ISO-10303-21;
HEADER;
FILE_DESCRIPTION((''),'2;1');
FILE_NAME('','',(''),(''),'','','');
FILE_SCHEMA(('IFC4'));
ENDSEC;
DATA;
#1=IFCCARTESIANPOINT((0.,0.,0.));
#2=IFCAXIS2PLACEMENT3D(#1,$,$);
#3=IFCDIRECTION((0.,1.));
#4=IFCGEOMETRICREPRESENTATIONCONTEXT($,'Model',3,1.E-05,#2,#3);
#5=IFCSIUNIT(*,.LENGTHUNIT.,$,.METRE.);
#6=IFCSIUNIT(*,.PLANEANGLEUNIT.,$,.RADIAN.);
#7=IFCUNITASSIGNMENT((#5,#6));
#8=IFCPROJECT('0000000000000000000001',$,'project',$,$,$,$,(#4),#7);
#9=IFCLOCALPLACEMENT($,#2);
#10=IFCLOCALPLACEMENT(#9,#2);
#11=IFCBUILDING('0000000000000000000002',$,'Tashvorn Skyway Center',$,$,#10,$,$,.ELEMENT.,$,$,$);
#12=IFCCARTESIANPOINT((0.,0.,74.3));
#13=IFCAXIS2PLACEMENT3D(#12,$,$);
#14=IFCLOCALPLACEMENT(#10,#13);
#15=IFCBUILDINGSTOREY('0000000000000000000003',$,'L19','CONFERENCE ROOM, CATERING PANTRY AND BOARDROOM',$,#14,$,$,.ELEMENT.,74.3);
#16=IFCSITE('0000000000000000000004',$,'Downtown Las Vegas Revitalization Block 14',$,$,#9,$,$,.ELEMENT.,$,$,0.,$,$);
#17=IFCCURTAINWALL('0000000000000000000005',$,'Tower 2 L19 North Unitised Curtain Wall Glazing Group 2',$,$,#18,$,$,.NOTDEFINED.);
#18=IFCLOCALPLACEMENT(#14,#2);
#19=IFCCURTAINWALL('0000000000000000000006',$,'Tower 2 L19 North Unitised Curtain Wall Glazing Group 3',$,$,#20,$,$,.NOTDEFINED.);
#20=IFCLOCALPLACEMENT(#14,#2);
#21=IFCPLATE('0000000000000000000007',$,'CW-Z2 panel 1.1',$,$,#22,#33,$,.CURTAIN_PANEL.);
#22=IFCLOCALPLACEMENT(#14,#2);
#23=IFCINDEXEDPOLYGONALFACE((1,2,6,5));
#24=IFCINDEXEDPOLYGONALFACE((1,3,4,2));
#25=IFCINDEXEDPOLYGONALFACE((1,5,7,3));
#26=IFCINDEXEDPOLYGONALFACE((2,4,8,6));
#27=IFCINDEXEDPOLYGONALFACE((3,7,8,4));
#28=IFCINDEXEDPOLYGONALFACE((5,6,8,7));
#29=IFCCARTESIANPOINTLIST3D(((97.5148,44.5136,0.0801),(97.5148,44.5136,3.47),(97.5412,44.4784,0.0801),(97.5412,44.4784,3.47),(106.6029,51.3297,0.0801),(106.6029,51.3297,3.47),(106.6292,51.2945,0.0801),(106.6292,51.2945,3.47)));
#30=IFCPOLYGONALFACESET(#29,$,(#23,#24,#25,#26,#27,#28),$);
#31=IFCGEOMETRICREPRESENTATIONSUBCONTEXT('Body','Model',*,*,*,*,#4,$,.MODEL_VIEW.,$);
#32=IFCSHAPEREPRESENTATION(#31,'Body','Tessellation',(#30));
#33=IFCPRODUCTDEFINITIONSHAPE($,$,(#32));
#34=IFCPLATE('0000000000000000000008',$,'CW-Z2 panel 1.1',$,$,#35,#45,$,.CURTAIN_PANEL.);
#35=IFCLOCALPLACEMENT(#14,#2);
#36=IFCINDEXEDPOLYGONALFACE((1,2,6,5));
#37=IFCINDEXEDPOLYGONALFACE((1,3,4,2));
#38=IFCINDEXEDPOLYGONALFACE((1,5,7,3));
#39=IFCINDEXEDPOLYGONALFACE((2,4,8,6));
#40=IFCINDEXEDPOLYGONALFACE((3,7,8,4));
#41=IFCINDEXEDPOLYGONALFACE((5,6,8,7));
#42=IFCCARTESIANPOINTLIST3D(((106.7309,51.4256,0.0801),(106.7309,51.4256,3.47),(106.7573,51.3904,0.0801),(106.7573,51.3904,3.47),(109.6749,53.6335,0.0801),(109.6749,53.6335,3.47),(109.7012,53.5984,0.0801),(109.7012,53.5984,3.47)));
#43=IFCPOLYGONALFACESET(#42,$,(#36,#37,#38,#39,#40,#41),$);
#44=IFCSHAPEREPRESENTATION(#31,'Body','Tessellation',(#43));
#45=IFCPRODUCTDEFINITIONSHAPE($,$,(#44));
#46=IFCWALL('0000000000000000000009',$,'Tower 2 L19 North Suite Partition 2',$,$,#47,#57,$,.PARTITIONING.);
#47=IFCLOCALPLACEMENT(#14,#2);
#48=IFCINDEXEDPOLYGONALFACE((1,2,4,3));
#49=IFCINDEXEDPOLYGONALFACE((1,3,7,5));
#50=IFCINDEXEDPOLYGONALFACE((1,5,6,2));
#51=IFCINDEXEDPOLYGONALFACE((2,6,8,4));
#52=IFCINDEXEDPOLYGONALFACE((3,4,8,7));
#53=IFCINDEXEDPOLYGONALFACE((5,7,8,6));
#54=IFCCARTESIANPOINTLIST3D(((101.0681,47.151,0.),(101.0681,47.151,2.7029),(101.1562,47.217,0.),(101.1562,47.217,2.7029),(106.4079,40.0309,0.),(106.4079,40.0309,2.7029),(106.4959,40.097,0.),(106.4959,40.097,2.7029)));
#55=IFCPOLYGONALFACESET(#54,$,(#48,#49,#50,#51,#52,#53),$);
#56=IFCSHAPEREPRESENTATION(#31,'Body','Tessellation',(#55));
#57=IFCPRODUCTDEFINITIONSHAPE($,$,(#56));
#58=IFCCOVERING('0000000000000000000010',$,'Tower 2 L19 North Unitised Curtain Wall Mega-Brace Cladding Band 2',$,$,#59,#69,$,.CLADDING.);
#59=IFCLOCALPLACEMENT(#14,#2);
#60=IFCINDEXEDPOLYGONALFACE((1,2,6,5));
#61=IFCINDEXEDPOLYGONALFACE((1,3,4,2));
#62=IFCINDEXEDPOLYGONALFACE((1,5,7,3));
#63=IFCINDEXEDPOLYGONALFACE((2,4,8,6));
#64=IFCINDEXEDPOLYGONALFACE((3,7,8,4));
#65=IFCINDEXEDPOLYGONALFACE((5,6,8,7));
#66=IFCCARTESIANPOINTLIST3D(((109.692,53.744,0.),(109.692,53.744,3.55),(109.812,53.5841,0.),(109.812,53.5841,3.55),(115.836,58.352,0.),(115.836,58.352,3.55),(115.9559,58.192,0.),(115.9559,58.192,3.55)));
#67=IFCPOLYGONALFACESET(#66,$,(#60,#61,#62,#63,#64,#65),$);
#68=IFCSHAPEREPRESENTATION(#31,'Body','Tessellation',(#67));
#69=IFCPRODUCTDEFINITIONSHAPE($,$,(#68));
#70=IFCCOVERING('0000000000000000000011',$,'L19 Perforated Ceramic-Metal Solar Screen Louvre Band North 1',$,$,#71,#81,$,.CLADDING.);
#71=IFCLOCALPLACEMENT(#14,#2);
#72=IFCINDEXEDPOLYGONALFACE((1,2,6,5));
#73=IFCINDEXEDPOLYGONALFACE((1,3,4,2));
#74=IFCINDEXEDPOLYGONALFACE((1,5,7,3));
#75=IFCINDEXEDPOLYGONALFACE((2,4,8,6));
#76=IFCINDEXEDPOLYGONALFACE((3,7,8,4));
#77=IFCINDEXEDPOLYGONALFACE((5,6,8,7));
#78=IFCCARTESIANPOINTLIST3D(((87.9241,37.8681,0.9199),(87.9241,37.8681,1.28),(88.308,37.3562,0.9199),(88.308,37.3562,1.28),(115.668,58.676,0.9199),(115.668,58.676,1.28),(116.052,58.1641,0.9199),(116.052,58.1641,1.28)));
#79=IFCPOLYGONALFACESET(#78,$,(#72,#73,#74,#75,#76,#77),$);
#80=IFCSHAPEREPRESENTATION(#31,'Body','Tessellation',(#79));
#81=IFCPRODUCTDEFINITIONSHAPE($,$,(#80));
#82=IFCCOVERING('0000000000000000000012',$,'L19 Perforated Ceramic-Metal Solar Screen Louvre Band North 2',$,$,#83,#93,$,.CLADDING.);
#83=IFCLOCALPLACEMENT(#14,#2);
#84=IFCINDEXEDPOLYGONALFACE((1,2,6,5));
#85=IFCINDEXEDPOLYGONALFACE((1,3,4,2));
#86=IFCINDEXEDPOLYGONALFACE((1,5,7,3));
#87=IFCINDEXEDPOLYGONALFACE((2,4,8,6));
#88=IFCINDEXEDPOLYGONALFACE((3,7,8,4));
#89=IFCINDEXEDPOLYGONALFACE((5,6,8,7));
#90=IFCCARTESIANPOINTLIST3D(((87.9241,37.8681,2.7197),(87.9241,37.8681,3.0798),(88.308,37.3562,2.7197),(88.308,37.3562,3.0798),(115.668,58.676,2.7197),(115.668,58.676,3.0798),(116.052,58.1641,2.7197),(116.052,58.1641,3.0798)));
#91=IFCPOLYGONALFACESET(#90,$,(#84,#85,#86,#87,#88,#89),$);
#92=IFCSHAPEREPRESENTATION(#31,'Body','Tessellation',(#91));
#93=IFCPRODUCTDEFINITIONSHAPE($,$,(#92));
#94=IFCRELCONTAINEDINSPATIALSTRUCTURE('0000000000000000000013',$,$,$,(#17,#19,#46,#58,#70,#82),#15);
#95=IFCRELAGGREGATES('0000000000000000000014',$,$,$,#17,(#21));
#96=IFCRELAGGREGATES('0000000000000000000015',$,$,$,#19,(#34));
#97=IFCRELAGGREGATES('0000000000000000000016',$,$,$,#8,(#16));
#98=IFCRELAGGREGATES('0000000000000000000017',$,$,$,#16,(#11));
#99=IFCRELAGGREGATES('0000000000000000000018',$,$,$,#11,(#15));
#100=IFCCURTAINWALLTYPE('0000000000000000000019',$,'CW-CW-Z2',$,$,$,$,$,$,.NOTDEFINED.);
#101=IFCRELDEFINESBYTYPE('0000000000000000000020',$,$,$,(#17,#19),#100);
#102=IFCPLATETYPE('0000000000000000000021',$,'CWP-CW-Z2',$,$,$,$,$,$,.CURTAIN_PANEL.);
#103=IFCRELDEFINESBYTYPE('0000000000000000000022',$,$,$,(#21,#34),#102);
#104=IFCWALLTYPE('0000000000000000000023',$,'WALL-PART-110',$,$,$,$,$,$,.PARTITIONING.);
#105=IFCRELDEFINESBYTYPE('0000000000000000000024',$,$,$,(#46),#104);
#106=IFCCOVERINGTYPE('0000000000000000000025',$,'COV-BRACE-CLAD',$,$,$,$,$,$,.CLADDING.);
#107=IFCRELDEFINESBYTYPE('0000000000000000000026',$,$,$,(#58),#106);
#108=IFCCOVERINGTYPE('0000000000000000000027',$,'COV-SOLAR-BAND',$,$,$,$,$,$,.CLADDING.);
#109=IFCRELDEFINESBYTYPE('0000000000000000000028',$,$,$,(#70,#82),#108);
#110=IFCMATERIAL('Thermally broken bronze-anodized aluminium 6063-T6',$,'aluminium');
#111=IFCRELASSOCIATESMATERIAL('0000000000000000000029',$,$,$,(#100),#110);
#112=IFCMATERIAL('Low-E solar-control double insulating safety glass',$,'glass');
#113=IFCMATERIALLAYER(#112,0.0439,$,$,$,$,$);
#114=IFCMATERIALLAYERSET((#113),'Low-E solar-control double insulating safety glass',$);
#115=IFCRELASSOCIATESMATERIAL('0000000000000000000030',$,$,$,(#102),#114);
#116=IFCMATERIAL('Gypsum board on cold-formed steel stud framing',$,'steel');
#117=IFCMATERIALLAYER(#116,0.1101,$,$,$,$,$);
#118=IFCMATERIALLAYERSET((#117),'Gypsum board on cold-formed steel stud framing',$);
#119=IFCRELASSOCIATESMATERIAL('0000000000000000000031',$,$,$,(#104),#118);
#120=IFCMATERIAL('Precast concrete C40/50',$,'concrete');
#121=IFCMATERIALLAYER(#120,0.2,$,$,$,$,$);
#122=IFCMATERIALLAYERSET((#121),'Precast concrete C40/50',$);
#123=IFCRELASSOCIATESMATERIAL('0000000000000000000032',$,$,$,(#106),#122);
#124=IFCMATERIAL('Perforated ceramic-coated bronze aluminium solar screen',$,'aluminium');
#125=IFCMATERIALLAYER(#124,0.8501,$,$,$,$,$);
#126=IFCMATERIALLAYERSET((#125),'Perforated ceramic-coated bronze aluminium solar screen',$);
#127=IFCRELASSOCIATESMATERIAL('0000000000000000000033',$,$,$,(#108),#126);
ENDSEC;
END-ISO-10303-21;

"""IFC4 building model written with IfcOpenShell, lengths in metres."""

from ifc_helpers import new_model, si_unit, direction, frame, frame_2d, origin, origin_2d, place, context, subcontext, project, spatial, rectangle, extrude, material, layer, layer_set, type_object, element, aggregate, save


model = new_model("IFC4")

# Units and contexts
model_context = context("Model", 3, precision=1e-05, world=origin(), true_north=direction((0.0, 1.0)))
body_context = subcontext(model_context, "Body", "Model", "MODEL_VIEW")
ifc_project = project(units=[si_unit("LENGTHUNIT", "METRE"), si_unit("PLANEANGLEUNIT", "RADIAN")], contexts=[model_context])

# Site, building, storey
site_placement = place(None, origin())
site = spatial("IfcSite", under=ifc_project, at=site_placement, Name="Downtown Las Vegas Revitalization Block 14", CompositionType="ELEMENT", RefElevation=0.0)
building_placement = place(site_placement, origin())
building = spatial("IfcBuilding", under=site, at=building_placement, Name="Tashvorn Skyway Center", CompositionType="ELEMENT")
storey_placement = place(building_placement, frame((0.0, 0.0, 74.3)))
storey = spatial("IfcBuildingStorey", under=building, at=storey_placement, Name="L19", Description="CONFERENCE ROOM, CATERING PANTRY AND BOARDROOM", CompositionType="ELEMENT", Elevation=74.3)

# Curtain wall
ifc_material_1 = material(Name="Thermally broken bronze-anodized aluminium 6063-T6", Category="aluminium")
curtain_wall_type = type_object("IfcCurtainWallType", Name="CW-CW-Z2", PredefinedType="NOTDEFINED", material=ifc_material_1)
curtain_wall_1_placement = place(storey_placement, origin())
curtain_wall_1 = element("IfcCurtainWall", 1, at=curtain_wall_1_placement, inside=storey, type_object=curtain_wall_type, Name="Tower 2 L19 North Unitised Curtain Wall Glazing Group 2", PredefinedType="NOTDEFINED")

# Curtain wall
curtain_wall_2_placement = place(storey_placement, origin())
curtain_wall_2 = element("IfcCurtainWall", 2, at=curtain_wall_2_placement, inside=storey, type_object=curtain_wall_type, Name="Tower 2 L19 North Unitised Curtain Wall Glazing Group 3", PredefinedType="NOTDEFINED")

# Plates
ifc_material_2 = material(Name="Low-E solar-control double insulating safety glass", Category="glass")
ifc_layer_1 = layer(ifc_material_2, 0.0439)
ifc_layer_set_1 = layer_set([ifc_layer_1], Name="Low-E solar-control double insulating safety glass")
plate_type = type_object("IfcPlateType", Name="CWP-CW-Z2", PredefinedType="CURTAIN_PANEL", material=ifc_layer_set_1)
plate_1_placement = place(storey_placement, frame((102.072, 47.9041, 0.0801), z_axis=(0.0, 0.0, 1.0), x_axis=(0.8, 0.6, 0.0)))
plate_1 = element("IfcPlate", 3, at=plate_1_placement, type_object=plate_type, Name="CW-Z2 panel 1.1", PredefinedType="CURTAIN_PANEL", context=body_context, shape_type="SweptSolid", body=[
    extrude(rectangle(XDim=11.3601, YDim=0.0439, at=origin_2d()), origin(), (0.0, 0.0, 1.0), 3.3899),
])
aggregate(curtain_wall_1, [plate_1])
plate_2_placement = place(storey_placement, frame((108.2161, 52.512, 0.0801), z_axis=(0.0, 0.0, 1.0), x_axis=(0.8, 0.6, 0.0)))
plate_2 = element("IfcPlate", 4, at=plate_2_placement, type_object=plate_type, Name="CW-Z2 panel 1.1", PredefinedType="CURTAIN_PANEL", context=body_context, shape_type="SweptSolid", body=[
    extrude(rectangle(XDim=3.6799, YDim=0.0439, at=origin_2d()), origin(), (0.0, 0.0, 1.0), 3.3899),
])
aggregate(curtain_wall_2, [plate_2])

# Wall
ifc_material_3 = material(Name="Gypsum board on cold-formed steel stud framing", Category="steel")
ifc_layer_2 = layer(ifc_material_3, 0.1101)
ifc_layer_set_2 = layer_set([ifc_layer_2], Name="Gypsum board on cold-formed steel stud framing")
wall_type = type_object("IfcWallType", Name="WALL-PART-110", PredefinedType="PARTITIONING", material=ifc_layer_set_2)
wall_placement = place(storey_placement, frame((106.4519, 40.064, 0.0), z_axis=(0.0, 0.0, 1.0), x_axis=(-0.599982, 0.800013, 0.0)))
element("IfcWall", 5, at=wall_placement, inside=storey, type_object=wall_type, Name="Tower 2 L19 North Suite Partition 2", PredefinedType="PARTITIONING", context=body_context, shape_type="SweptSolid", body=[
    extrude(rectangle(XDim=8.8999, YDim=0.1101, at=frame_2d((4.45, 0.0))), origin(), (0.0, 0.0, 1.0), 2.7029),
])

# Coverings
ifc_material_4 = material(Name="Precast concrete C40/50", Category="concrete")
ifc_layer_3 = layer(ifc_material_4, 0.2)
ifc_layer_set_3 = layer_set([ifc_layer_3], Name="Precast concrete C40/50")
covering_type_1 = type_object("IfcCoveringType", Name="COV-BRACE-CLAD", PredefinedType="CLADDING", material=ifc_layer_set_3)
covering_placement = place(storey_placement, frame((112.824, 55.968, 0.0), z_axis=(0.0, 0.0, 1.0), x_axis=(0.8, 0.6, 0.0)))
element("IfcCovering", 6, at=covering_placement, inside=storey, type_object=covering_type_1, Name="Tower 2 L19 North Unitised Curtain Wall Mega-Brace Cladding Band 2", PredefinedType="CLADDING", context=body_context, shape_type="SweptSolid", body=[
    extrude(rectangle(XDim=7.6799, YDim=0.2, at=origin_2d()), origin(), (0.0, 0.0, 1.0), 3.55),
])
ifc_material_5 = material(Name="Perforated ceramic-coated bronze aluminium solar screen", Category="aluminium")
ifc_layer_4 = layer(ifc_material_5, 0.8501)
ifc_layer_set_4 = layer_set([ifc_layer_4], Name="Perforated ceramic-coated bronze aluminium solar screen")
covering_type_2 = type_object("IfcCoveringType", Name="COV-SOLAR-BAND", PredefinedType="CLADDING", material=ifc_layer_set_4)
for number, where, z_axis, x_axis, name in (
    (7, (101.988, 48.0161, 0.9199), (0.0, 0.0, 1.0), (0.8, 0.6, 0.0), "L19 Perforated Ceramic-Metal Solar Screen Louvre Band North 1"),
    (8, (101.988, 48.0161, 2.7197), (0.0, 0.0, 1.0), (0.8, 0.6, 0.0), "L19 Perforated Ceramic-Metal Solar Screen Louvre Band North 2"),
):
    element("IfcCovering", number, at=place(storey_placement, frame(where, z_axis=z_axis, x_axis=x_axis)), inside=storey, type_object=covering_type_2, Name=name, PredefinedType="CLADDING", context=body_context, shape_type="SweptSolid", body=[
        extrude(rectangle(XDim=34.6799, YDim=0.6399, at=origin_2d()), origin(), (0.0, 0.0, 1.0), 0.3601),
    ])

save(model, "model.ifc")
